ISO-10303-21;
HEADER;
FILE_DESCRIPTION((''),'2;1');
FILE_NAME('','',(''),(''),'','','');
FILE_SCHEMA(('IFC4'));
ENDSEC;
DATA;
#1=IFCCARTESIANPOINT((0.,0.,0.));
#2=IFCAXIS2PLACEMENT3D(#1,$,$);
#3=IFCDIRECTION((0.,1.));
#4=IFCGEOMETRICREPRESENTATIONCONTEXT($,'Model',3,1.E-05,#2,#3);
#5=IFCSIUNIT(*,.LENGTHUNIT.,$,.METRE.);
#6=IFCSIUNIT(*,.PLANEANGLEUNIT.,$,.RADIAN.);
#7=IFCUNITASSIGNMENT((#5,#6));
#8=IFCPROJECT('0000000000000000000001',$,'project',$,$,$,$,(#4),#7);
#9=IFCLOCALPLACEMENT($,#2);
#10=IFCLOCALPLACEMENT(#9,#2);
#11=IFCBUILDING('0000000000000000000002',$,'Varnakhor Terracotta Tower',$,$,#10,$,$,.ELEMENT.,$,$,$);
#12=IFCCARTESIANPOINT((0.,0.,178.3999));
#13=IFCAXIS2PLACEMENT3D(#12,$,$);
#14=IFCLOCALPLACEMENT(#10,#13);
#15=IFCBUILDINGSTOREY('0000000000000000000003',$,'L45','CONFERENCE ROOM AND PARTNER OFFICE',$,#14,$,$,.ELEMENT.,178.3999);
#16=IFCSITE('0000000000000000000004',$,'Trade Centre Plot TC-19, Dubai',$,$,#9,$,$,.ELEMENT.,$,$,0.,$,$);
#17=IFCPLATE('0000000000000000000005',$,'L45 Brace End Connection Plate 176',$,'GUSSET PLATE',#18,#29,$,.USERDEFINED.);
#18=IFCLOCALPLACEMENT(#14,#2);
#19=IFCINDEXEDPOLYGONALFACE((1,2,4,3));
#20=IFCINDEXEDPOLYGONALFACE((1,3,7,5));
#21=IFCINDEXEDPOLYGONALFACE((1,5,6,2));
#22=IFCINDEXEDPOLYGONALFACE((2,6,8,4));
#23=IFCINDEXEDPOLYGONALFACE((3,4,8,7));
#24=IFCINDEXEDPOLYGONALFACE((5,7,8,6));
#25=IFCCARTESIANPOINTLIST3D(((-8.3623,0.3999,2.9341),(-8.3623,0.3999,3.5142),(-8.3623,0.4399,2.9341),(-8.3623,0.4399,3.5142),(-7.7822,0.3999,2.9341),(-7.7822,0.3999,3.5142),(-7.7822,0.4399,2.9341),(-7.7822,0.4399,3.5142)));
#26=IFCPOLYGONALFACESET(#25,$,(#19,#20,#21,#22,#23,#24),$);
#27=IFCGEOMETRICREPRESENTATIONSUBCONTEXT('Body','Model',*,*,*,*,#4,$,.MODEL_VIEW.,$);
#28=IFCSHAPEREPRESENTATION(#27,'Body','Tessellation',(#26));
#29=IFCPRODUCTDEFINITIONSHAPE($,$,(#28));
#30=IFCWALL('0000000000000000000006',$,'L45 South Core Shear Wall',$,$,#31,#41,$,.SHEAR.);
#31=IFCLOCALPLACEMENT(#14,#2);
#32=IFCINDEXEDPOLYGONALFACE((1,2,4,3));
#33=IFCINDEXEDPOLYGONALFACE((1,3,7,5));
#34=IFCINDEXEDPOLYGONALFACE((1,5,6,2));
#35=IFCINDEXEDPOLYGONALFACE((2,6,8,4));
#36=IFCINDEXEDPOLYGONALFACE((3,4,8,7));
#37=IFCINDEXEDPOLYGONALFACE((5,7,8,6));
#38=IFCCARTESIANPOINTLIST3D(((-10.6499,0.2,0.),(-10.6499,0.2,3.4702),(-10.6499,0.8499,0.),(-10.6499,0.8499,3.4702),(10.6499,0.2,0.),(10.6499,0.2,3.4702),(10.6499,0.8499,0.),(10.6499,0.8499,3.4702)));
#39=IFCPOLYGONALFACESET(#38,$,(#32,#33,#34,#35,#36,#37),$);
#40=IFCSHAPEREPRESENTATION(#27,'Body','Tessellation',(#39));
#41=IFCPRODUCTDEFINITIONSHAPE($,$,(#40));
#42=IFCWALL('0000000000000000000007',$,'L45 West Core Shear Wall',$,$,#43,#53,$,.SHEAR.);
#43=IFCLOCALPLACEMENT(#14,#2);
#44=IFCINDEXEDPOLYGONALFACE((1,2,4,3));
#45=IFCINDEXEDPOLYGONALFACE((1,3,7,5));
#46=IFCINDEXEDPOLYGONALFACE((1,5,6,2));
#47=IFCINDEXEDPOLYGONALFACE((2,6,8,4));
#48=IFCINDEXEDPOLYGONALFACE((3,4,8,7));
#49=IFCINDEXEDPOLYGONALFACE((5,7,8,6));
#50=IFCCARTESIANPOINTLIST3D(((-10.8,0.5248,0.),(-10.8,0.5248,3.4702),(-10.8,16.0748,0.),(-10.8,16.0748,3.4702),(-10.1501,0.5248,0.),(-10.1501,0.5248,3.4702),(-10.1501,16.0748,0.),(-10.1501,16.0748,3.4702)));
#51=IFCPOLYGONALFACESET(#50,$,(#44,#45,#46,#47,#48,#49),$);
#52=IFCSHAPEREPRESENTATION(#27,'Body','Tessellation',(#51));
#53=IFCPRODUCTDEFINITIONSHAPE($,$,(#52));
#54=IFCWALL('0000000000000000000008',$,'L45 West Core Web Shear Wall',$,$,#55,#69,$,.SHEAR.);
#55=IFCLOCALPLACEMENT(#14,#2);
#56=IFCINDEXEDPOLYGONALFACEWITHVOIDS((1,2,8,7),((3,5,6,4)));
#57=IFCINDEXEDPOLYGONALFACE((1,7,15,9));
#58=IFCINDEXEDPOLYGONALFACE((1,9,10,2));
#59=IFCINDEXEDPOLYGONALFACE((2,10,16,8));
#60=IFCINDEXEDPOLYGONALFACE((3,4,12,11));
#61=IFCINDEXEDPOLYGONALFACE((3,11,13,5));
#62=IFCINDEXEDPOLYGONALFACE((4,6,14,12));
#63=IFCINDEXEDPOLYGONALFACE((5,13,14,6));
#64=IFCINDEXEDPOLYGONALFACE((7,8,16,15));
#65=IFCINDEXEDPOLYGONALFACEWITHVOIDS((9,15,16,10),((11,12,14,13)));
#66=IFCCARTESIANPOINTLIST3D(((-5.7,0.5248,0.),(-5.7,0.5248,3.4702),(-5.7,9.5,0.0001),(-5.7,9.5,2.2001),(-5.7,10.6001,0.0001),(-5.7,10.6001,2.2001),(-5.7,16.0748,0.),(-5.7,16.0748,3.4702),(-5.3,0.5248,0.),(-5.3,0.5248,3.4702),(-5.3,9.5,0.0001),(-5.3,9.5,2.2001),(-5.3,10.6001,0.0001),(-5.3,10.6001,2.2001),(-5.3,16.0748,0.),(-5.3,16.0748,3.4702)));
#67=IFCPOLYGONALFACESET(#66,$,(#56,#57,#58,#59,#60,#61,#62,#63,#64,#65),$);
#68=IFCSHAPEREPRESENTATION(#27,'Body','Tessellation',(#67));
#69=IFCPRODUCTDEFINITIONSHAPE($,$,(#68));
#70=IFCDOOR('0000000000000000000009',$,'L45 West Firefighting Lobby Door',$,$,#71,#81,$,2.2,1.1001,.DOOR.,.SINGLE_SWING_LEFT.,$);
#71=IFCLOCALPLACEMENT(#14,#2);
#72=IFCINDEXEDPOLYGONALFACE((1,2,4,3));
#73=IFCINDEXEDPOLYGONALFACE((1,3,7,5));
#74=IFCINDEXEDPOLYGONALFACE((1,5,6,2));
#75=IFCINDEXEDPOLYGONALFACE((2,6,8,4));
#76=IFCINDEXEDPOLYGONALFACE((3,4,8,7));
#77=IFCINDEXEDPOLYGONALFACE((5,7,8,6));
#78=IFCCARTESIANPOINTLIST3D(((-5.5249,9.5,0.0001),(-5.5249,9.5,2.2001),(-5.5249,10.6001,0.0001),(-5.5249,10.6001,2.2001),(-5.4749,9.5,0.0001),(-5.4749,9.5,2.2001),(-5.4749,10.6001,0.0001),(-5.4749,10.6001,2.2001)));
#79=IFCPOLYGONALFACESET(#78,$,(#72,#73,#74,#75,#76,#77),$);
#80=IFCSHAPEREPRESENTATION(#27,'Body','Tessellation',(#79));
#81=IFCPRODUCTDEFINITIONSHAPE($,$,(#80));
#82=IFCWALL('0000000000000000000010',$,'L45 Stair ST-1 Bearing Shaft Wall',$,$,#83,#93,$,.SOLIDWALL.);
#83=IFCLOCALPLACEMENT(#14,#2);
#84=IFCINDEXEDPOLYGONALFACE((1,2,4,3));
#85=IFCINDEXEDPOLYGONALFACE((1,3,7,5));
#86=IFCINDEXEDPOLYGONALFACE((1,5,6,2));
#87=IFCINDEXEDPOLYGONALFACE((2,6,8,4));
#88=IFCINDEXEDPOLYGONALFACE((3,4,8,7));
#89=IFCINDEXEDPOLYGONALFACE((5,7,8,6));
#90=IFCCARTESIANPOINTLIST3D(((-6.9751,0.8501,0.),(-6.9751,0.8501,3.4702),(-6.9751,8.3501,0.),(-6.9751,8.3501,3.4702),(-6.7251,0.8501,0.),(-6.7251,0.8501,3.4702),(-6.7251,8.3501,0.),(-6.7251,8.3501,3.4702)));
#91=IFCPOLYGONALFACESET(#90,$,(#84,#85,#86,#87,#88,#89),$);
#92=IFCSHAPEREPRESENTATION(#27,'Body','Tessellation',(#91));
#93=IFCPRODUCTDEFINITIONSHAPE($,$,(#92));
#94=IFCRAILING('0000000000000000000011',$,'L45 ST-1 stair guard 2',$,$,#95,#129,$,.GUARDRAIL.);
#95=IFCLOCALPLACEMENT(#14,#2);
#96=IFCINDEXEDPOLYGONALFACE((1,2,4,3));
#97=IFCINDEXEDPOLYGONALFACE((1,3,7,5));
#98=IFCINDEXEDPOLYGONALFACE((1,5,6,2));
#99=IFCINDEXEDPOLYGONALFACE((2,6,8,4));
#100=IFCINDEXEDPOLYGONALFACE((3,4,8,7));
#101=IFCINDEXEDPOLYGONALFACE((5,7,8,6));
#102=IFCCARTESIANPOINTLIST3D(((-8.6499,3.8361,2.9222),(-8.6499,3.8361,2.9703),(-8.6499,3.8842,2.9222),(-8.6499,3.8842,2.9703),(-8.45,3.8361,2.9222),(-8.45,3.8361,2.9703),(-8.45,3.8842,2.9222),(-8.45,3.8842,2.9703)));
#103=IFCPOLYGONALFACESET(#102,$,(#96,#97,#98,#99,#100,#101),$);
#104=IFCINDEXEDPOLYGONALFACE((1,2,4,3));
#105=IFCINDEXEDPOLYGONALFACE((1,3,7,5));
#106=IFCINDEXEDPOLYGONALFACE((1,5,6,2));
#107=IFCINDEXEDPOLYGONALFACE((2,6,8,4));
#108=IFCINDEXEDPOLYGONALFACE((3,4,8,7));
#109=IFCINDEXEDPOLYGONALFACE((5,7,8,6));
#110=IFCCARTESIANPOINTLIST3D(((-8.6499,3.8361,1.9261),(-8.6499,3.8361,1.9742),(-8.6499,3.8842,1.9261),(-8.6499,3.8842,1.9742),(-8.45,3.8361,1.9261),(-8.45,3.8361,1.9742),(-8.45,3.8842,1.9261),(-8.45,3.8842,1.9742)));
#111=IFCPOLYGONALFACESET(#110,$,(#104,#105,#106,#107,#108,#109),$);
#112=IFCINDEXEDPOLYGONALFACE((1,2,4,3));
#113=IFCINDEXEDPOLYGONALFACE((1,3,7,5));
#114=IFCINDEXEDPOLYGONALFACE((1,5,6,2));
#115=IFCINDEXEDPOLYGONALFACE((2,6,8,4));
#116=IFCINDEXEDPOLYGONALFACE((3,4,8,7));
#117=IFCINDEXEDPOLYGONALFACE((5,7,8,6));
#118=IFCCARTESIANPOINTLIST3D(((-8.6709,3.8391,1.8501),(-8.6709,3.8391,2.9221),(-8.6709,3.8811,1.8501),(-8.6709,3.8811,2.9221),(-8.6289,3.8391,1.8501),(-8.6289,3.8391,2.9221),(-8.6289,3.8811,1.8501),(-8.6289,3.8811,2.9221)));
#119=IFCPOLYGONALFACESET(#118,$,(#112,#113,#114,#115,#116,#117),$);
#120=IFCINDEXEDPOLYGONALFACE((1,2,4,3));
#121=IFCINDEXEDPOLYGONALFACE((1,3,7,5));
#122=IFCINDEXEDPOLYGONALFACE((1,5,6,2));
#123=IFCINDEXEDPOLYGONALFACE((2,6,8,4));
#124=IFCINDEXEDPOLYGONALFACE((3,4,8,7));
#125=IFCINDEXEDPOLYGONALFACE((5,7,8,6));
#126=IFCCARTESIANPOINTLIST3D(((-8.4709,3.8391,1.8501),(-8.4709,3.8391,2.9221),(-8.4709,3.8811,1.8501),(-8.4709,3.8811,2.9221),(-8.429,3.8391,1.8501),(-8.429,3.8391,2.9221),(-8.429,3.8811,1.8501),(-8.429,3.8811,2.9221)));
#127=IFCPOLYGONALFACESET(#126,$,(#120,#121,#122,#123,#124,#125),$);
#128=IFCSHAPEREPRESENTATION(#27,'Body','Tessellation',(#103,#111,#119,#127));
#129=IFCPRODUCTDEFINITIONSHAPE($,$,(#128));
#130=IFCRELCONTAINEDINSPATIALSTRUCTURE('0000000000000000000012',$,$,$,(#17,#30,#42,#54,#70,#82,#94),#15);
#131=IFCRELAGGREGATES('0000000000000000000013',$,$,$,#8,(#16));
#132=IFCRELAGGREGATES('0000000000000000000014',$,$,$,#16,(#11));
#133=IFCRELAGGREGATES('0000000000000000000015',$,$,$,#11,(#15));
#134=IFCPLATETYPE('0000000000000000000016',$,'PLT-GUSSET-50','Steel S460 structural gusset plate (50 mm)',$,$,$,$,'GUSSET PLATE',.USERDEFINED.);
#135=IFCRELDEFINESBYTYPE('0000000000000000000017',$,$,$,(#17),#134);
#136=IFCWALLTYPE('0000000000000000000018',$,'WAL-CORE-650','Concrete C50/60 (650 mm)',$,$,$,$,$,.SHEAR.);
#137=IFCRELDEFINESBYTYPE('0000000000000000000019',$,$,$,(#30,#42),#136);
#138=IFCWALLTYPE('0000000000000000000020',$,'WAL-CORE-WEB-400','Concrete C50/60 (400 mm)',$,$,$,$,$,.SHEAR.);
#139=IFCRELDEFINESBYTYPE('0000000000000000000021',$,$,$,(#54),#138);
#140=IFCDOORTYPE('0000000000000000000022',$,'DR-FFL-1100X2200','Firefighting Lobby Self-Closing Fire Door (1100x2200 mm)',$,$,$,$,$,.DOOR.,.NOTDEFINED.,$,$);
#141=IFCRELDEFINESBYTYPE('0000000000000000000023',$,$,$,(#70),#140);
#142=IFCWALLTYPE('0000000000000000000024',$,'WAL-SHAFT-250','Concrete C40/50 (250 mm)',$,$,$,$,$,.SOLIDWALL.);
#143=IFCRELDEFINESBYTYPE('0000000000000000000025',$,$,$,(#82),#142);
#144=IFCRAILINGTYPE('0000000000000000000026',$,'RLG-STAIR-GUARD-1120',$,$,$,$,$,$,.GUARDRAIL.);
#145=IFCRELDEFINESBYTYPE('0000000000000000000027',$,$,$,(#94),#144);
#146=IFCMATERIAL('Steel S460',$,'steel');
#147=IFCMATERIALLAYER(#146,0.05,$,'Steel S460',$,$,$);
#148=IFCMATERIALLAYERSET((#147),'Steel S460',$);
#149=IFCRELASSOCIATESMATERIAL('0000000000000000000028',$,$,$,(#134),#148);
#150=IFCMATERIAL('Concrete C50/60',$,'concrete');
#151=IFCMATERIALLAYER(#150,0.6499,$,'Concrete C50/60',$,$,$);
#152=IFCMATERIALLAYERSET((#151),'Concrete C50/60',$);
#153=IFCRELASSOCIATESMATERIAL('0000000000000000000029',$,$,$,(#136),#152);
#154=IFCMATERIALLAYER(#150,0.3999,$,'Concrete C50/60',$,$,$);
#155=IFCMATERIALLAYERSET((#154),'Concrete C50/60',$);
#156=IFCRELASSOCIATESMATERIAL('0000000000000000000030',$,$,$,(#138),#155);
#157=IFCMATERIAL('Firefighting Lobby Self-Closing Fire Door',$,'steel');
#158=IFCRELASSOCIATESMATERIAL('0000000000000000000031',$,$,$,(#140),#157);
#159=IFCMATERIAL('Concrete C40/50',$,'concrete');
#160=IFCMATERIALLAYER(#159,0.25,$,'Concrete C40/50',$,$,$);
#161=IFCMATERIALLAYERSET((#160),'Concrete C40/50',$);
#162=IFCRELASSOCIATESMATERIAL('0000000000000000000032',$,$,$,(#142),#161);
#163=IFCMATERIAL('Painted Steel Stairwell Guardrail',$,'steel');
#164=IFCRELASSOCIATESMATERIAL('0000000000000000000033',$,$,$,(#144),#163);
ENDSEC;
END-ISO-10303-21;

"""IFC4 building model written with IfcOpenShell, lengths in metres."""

from ifc_helpers import new_model, si_unit, direction, frame, frame_2d, origin, origin_2d, place, context, subcontext, project, spatial, rectangle, extrude, source, transform, mapped, material, layer, layer_set, type_object, type_shapes, element, fill, save


model = new_model("IFC4")

# Units and contexts
model_context = context("Model", 3, precision=1e-05, world=origin(), true_north=direction((0.0, 1.0)))
body_context = subcontext(model_context, "Body", "Model", "MODEL_VIEW")
ifc_project = project(units=[si_unit("LENGTHUNIT", "METRE"), si_unit("PLANEANGLEUNIT", "RADIAN")], contexts=[model_context])

# Site, building, storey
site_placement = place(None, origin())
site = spatial("IfcSite", under=ifc_project, at=site_placement, Name="Trade Centre Plot TC-19, Dubai", CompositionType="ELEMENT", RefElevation=0.0)
building_placement = place(site_placement, origin())
building = spatial("IfcBuilding", under=site, at=building_placement, Name="Varnakhor Terracotta Tower", CompositionType="ELEMENT")
storey_placement = place(building_placement, frame((0.0, 0.0, 178.3999)))
storey = spatial("IfcBuildingStorey", under=building, at=storey_placement, Name="L45", Description="CONFERENCE ROOM AND PARTNER OFFICE", CompositionType="ELEMENT", Elevation=178.3999)

# Shared definitions
ifc_material_1 = material(Name="Concrete C50/60", Category="concrete")

# Shared definitions
ifc_material_2 = material(Name="Steel S460", Category="steel")

# Plate
ifc_layer_1 = layer(ifc_material_2, 0.05, Name="Steel S460")
ifc_layer_set_1 = layer_set([ifc_layer_1], Name="Steel S460")
plate_type = type_object("IfcPlateType", Name="PLT-GUSSET-50", Description="Steel S460 structural gusset plate (50 mm)", ElementType="GUSSET PLATE", PredefinedType="USERDEFINED", material=ifc_layer_set_1)
shared_shape_1 = source(origin(), body_context, "Body", "SweptSolid", [
    extrude(rectangle(XDim=0.5801, YDim=0.04, at=origin_2d()), origin(), (0.0, 0.0, 1.0), 0.5801),
])
plate_placement = place(storey_placement, frame((-8.0723, 0.4199, 2.9341), z_axis=(0.0, 0.0, 1.0), x_axis=(1.0, 0.0, 0.0)))
element("IfcPlate", 1, at=plate_placement, inside=storey, type_object=plate_type, Name="L45 Brace End Connection Plate 176", ObjectType="GUSSET PLATE", PredefinedType="USERDEFINED", context=body_context, shape_type="MappedRepresentation", body=[
    mapped(shared_shape_1, transform((0.0, 0.0, 0.0), scale=1.0)),
])

# Walls
ifc_layer_2 = layer(ifc_material_1, 0.6499, Name="Concrete C50/60")
ifc_layer_set_2 = layer_set([ifc_layer_2], Name="Concrete C50/60")
wall_type_1 = type_object("IfcWallType", Name="WAL-CORE-650", Description="Concrete C50/60 (650 mm)", PredefinedType="SHEAR", material=ifc_layer_set_2)
wall_1_placement = place(storey_placement, frame((-10.6499, 0.5249, 0.0), z_axis=(0.0, 0.0, 1.0), x_axis=(1.0, 0.0, 0.0)))
element("IfcWall", 2, at=wall_1_placement, inside=storey, type_object=wall_type_1, Name="L45 South Core Shear Wall", PredefinedType="SHEAR", context=body_context, shape_type="SweptSolid", body=[
    extrude(rectangle(XDim=21.2998, YDim=0.6499, at=frame_2d((10.6499, 0.0))), origin(), (0.0, 0.0, 1.0), 3.4702),
])
wall_2_placement = place(storey_placement, frame((-10.4751, 0.5249, 0.0), z_axis=(0.0, 0.0, 1.0), x_axis=(0.0, 1.0, 0.0)))
element("IfcWall", 3, at=wall_2_placement, inside=storey, type_object=wall_type_1, Name="L45 West Core Shear Wall", PredefinedType="SHEAR", context=body_context, shape_type="SweptSolid", body=[
    extrude(rectangle(XDim=15.55, YDim=0.6499, at=frame_2d((7.7749, 0.0))), origin(), (0.0, 0.0, 1.0), 3.4702),
])

# Wall, opening, door
ifc_layer_3 = layer(ifc_material_1, 0.3999, Name="Concrete C50/60")
ifc_layer_set_3 = layer_set([ifc_layer_3], Name="Concrete C50/60")
wall_type_2 = type_object("IfcWallType", Name="WAL-CORE-WEB-400", Description="Concrete C50/60 (400 mm)", PredefinedType="SHEAR", material=ifc_layer_set_3)
wall_3_placement = place(storey_placement, frame((-5.5, 0.5249, 0.0), z_axis=(0.0, 0.0, 1.0), x_axis=(0.0, 1.0, 0.0)))
wall_3 = element("IfcWall", 4, at=wall_3_placement, inside=storey, type_object=wall_type_2, Name="L45 West Core Web Shear Wall", PredefinedType="SHEAR", context=body_context, shape_type="SweptSolid", body=[
    extrude(rectangle(XDim=15.55, YDim=0.3999, at=frame_2d((7.7749, 0.0))), origin(), (0.0, 0.0, 1.0), 3.4702),
])
opening_placement = place(wall_3_placement, frame((8.9751, 0.0, 0.0)))
opening = element("IfcOpeningElement", 5, at=opening_placement, cuts=wall_3, PredefinedType="OPENING", context=body_context, shape_type="SweptSolid", body=[
    extrude(rectangle(XDim=1.1001, YDim=2.2, at=frame_2d((0.55, 1.1001))), frame((0.0, 0.21, 0.0), z_axis=(0.0, -1.0, 0.0), x_axis=(1.0, 0.0, 0.0)), (0.0, 0.0, 1.0), 0.4199),
])
ifc_material_3 = material(Name="Firefighting Lobby Self-Closing Fire Door", Category="steel")
door_type = type_object("IfcDoorType", Name="DR-FFL-1100X2200", Description="Firefighting Lobby Self-Closing Fire Door (1100x2200 mm)", OperationType="NOTDEFINED", PredefinedType="DOOR", material=ifc_material_3)
shared_shape_2 = source(origin(), body_context, "Body", "SweptSolid", [
    extrude(rectangle(XDim=1.1001, YDim=2.2, at=frame_2d((0.55, 1.1001))), frame((0.0, 0.0249, 0.0), z_axis=(0.0, -1.0, 0.0), x_axis=(1.0, 0.0, 0.0)), (0.0, 0.0, 1.0), 0.05),
])
type_shapes(door_type, [shared_shape_2])
door_placement = place(opening_placement, origin())
door = element("IfcDoor", 6, at=door_placement, inside=storey, type_object=door_type, Name="L45 West Firefighting Lobby Door", OperationType="SINGLE_SWING_LEFT", OverallHeight=2.2, OverallWidth=1.1001, PredefinedType="DOOR", context=body_context, shape_type="MappedRepresentation", body=[
    mapped(shared_shape_2, transform((0.0, 0.0, 0.0), scale=1.0)),
])
fill(opening, door)

# Wall
ifc_material_4 = material(Name="Concrete C40/50", Category="concrete")
ifc_layer_4 = layer(ifc_material_4, 0.25, Name="Concrete C40/50")
ifc_layer_set_4 = layer_set([ifc_layer_4], Name="Concrete C40/50")
wall_type_3 = type_object("IfcWallType", Name="WAL-SHAFT-250", Description="Concrete C40/50 (250 mm)", PredefinedType="SOLIDWALL", material=ifc_layer_set_4)
wall_4_placement = place(storey_placement, frame((-6.8501, 0.8501, 0.0), z_axis=(0.0, 0.0, 1.0), x_axis=(0.0, 1.0, 0.0)))
element("IfcWall", 7, at=wall_4_placement, inside=storey, type_object=wall_type_3, Name="L45 Stair ST-1 Bearing Shaft Wall", PredefinedType="SOLIDWALL", context=body_context, shape_type="SweptSolid", body=[
    extrude(rectangle(XDim=7.5, YDim=0.25, at=frame_2d((3.75, 0.0))), origin(), (0.0, 0.0, 1.0), 3.4702),
])

# Railing
ifc_material_5 = material(Name="Painted Steel Stairwell Guardrail", Category="steel")
railing_type = type_object("IfcRailingType", Name="RLG-STAIR-GUARD-1120", PredefinedType="GUARDRAIL", material=ifc_material_5)
railing_placement = place(storey_placement, frame((-8.6499, 3.8601, 1.8501)))
element("IfcRailing", 8, at=railing_placement, inside=storey, type_object=railing_type, Name="L45 ST-1 stair guard 2", PredefinedType="GUARDRAIL", context=body_context, shape_type="SweptSolid", body=[
    extrude(rectangle(XDim=0.0481, YDim=0.0481, at=origin_2d()), frame((0.0, 0.0, 1.0962), z_axis=(1.0, 0.0, 0.0), x_axis=(0.0, 1.0, 0.0)), (0.0, 0.0, 1.0), 0.2),
    extrude(rectangle(XDim=0.0481, YDim=0.0481, at=origin_2d()), frame((0.0, 0.0, 0.1001), z_axis=(1.0, 0.0, 0.0), x_axis=(0.0, 1.0, 0.0)), (0.0, 0.0, 1.0), 0.2),
    extrude(rectangle(XDim=0.042, YDim=0.042, at=origin_2d()), origin(), (0.0, 0.0, 1.0), 1.072),
    extrude(rectangle(XDim=0.042, YDim=0.042, at=origin_2d()), frame((0.2, 0.0, 0.0)), (0.0, 0.0, 1.0), 1.072),
])

save(model, "model.ifc")
